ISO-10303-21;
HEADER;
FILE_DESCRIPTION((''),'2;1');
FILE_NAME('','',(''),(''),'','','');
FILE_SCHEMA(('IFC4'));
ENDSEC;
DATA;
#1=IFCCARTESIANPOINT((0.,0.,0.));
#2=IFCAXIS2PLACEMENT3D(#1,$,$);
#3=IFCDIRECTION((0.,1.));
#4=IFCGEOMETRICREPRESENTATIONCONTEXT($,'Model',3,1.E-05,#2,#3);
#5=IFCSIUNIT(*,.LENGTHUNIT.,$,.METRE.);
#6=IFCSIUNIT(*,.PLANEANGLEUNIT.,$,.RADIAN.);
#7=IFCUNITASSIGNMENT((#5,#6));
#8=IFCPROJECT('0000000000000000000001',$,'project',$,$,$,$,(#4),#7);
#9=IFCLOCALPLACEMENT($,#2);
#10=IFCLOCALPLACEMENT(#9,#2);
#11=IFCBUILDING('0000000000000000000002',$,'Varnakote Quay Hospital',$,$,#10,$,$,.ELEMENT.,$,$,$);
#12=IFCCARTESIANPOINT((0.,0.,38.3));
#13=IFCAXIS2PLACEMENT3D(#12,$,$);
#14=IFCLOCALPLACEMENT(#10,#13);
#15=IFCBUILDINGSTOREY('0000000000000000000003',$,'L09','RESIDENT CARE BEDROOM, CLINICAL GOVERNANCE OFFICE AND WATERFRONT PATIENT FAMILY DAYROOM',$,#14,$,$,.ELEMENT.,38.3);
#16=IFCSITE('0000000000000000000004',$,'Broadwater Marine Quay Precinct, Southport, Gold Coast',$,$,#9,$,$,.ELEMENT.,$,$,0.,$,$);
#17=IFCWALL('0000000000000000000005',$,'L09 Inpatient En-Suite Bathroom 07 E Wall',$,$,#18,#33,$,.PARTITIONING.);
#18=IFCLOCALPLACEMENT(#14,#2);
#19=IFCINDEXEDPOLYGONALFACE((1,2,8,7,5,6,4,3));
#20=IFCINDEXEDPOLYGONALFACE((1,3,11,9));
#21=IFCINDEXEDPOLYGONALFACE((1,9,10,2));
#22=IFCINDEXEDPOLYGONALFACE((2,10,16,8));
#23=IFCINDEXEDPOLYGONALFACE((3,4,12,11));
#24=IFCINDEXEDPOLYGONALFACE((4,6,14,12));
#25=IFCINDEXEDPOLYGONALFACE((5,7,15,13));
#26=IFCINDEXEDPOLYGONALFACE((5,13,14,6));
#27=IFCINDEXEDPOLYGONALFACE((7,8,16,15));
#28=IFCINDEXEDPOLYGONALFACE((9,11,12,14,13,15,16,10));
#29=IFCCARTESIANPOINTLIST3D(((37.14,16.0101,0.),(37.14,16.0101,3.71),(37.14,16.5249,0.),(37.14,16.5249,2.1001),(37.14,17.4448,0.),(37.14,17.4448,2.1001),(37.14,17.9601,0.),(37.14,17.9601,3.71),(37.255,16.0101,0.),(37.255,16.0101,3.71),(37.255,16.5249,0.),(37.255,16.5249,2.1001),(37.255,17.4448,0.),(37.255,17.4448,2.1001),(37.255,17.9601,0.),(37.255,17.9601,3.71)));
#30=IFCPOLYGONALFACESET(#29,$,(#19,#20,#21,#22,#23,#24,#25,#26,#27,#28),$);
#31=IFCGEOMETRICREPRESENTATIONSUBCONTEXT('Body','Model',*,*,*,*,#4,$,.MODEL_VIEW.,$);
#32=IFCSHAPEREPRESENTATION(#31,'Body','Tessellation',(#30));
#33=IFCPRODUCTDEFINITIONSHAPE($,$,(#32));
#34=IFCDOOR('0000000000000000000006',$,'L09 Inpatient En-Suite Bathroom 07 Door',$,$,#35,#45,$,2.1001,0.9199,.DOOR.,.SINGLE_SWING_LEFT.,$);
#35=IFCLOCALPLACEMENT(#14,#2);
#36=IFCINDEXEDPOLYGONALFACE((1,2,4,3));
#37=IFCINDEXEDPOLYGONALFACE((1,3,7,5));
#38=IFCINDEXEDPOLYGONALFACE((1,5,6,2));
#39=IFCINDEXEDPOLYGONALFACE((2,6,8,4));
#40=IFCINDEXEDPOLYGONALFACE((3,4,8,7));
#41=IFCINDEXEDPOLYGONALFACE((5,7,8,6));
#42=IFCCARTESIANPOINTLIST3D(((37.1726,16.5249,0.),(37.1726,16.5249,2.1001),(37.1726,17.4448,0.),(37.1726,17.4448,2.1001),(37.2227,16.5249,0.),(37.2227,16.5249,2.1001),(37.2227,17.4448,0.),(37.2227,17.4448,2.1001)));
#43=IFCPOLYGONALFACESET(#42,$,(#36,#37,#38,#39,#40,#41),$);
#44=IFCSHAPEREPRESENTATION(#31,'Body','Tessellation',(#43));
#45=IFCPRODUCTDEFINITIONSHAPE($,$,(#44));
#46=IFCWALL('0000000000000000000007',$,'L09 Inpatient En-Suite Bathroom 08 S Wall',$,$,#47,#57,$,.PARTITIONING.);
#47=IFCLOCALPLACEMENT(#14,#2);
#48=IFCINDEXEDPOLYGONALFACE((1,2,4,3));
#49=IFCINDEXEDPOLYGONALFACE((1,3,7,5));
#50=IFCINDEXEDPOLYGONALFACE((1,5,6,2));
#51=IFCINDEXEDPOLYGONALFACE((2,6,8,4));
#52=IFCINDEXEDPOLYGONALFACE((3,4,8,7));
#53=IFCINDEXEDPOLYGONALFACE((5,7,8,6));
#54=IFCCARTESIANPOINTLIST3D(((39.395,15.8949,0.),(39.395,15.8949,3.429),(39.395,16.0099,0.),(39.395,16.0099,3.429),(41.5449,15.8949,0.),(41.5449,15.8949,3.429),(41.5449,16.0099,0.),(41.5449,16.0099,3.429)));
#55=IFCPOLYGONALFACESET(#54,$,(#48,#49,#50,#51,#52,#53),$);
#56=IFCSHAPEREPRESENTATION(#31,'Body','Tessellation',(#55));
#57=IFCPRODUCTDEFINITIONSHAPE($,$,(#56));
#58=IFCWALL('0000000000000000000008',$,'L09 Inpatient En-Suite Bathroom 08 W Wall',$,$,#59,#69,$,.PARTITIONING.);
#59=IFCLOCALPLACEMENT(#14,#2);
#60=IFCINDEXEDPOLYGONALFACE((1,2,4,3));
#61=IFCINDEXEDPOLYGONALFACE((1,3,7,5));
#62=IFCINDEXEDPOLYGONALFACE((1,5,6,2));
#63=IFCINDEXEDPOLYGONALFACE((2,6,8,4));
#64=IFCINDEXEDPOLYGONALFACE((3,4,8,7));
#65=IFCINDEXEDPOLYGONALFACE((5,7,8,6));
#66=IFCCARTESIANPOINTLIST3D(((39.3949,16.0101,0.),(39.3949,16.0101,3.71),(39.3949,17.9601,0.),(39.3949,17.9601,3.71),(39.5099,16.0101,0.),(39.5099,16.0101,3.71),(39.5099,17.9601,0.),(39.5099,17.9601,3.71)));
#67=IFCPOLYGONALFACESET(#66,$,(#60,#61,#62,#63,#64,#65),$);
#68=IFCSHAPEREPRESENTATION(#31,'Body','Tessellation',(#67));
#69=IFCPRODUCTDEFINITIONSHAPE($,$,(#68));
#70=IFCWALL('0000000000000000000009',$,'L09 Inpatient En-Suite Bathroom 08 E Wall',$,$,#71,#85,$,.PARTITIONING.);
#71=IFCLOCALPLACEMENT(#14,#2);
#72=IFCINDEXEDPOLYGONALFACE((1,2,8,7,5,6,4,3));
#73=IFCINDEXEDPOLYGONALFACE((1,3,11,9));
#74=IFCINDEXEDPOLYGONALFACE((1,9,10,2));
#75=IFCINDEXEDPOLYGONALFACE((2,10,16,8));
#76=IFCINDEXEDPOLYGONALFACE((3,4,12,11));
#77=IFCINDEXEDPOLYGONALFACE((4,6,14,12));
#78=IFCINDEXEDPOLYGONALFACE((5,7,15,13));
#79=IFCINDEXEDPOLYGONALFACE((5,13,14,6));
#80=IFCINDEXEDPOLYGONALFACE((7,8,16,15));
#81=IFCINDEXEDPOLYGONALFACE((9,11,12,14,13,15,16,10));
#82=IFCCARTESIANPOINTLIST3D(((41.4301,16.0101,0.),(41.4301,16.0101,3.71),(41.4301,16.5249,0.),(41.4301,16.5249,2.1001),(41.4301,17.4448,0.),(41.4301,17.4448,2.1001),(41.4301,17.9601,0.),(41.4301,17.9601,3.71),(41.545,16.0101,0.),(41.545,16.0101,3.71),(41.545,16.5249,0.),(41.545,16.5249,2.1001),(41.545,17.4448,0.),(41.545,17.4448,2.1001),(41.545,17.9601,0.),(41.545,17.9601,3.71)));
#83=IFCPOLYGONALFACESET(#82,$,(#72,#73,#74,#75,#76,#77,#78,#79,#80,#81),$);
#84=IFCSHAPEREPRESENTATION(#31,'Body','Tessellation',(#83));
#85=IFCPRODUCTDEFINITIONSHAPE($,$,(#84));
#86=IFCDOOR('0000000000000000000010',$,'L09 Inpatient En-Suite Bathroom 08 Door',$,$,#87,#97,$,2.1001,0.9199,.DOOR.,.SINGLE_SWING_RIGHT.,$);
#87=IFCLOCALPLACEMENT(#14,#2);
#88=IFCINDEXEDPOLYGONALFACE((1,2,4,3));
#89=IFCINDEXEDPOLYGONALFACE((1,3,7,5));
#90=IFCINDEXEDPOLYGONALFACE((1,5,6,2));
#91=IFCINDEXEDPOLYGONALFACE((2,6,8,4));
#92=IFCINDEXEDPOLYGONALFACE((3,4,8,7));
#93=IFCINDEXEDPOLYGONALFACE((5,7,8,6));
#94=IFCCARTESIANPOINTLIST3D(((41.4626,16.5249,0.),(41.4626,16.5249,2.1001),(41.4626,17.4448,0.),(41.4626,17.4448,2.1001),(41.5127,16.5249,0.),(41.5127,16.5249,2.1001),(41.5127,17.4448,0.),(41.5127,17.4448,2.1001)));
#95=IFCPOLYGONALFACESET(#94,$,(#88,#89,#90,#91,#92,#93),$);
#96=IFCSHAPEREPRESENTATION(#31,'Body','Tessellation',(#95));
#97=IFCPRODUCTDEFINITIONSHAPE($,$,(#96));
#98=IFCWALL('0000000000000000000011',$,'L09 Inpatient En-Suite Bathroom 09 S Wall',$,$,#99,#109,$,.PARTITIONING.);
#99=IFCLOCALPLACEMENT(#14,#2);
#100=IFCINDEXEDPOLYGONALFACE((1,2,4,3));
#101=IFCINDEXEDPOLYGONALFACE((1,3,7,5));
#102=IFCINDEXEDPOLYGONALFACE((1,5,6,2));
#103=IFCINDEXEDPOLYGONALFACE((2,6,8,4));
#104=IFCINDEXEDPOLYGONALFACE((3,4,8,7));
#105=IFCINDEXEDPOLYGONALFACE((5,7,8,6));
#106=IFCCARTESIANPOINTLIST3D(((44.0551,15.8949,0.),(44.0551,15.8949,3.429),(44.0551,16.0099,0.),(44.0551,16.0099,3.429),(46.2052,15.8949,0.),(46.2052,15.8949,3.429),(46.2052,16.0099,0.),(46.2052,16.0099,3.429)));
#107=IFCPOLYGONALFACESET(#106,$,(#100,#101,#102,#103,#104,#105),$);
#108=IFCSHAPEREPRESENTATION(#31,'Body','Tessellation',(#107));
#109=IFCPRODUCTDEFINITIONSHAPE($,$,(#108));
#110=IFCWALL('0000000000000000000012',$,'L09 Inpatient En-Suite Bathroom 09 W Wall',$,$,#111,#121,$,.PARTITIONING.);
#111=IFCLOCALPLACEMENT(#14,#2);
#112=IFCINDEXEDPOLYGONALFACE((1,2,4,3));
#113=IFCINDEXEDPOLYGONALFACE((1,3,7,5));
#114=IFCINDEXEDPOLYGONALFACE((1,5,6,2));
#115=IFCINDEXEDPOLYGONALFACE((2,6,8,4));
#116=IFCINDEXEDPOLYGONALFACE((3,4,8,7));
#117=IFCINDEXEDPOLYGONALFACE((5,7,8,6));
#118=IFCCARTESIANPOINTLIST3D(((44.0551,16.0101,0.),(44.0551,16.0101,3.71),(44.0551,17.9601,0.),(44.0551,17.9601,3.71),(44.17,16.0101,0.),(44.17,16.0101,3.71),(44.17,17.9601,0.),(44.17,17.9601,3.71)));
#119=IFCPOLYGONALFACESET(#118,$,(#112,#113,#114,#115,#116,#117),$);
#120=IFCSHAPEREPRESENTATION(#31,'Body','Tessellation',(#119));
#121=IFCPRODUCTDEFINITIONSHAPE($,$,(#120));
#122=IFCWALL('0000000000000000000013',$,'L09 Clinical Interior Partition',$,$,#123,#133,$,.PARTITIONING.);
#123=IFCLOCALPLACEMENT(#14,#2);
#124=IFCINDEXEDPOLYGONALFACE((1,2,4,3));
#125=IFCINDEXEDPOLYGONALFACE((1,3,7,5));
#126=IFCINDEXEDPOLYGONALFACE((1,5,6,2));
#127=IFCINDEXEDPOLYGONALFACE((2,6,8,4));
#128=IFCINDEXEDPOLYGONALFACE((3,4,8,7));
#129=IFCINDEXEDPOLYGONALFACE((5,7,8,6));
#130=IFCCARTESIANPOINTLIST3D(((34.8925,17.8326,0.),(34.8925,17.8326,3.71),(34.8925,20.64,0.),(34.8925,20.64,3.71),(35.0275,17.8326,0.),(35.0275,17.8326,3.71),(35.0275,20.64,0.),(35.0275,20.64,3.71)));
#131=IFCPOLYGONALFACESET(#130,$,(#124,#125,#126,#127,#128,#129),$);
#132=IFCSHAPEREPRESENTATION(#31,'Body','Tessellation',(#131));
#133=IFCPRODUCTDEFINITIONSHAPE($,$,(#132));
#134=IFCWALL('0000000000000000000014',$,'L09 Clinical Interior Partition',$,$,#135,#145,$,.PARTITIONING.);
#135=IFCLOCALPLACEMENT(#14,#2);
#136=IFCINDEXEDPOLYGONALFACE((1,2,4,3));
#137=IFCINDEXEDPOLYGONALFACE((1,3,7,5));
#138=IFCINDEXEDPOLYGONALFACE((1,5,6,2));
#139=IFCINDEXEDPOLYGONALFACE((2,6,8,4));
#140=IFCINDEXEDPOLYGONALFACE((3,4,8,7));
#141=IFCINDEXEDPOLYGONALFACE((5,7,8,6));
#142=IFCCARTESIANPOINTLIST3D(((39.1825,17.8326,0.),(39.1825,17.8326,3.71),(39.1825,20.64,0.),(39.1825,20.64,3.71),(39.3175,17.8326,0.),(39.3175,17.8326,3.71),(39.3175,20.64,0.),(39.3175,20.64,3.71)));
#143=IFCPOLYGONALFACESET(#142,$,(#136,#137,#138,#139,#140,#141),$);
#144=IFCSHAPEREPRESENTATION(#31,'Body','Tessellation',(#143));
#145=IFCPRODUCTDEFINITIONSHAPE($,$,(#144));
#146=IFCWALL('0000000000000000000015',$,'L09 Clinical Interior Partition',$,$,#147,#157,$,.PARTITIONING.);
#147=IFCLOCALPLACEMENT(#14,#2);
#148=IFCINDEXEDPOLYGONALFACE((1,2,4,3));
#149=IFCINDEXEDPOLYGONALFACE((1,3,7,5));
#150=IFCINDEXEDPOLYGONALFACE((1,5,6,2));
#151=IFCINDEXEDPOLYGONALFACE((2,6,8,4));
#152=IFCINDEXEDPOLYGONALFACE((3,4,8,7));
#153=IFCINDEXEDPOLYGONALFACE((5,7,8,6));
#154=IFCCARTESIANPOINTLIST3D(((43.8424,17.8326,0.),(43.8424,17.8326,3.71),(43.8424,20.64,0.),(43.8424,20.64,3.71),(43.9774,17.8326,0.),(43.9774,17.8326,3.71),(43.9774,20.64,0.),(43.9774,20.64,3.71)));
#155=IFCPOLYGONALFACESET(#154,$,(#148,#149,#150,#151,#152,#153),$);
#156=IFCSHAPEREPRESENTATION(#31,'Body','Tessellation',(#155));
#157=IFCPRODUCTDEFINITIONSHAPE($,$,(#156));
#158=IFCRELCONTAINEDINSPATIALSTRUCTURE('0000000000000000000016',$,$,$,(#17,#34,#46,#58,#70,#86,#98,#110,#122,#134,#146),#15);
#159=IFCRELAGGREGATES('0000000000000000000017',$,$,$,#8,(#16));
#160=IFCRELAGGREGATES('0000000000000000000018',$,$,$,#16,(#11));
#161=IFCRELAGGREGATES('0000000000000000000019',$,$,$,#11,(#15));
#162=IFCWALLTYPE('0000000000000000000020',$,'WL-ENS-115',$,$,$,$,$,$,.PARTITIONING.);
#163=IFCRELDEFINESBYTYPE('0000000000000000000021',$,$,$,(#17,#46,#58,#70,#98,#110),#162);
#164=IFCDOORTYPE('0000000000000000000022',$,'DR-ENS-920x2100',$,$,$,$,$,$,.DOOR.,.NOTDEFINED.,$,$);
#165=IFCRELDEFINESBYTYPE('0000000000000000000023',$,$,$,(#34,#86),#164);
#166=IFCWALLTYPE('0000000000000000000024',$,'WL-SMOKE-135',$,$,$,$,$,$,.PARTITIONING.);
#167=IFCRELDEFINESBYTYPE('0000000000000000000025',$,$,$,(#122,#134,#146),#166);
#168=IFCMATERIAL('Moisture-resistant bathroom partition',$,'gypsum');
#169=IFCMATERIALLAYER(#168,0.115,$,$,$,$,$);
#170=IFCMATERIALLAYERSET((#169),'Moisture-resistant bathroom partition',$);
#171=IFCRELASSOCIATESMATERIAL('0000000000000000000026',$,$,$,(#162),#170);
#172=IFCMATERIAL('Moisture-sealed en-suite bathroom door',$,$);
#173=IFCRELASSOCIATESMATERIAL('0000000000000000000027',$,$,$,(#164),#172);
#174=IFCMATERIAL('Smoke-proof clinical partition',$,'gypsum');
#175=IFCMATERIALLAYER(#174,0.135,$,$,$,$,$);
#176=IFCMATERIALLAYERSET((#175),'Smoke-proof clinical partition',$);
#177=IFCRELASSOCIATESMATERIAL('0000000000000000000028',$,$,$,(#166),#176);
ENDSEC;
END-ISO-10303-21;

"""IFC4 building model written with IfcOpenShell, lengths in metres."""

from ifc_helpers import new_model, si_unit, direction, frame, frame_2d, origin, place, context, subcontext, project, spatial, rectangle, extrude, material, layer, layer_set, type_object, element, fill, save


model = new_model("IFC4")

# Units and contexts
model_context = context("Model", 3, precision=1e-05, world=origin(), true_north=direction((0.0, 1.0)))
body_context = subcontext(model_context, "Body", "Model", "MODEL_VIEW")
ifc_project = project(units=[si_unit("LENGTHUNIT", "METRE"), si_unit("PLANEANGLEUNIT", "RADIAN")], contexts=[model_context])

# Site, building, storey
site_placement = place(None, origin())
site = spatial("IfcSite", under=ifc_project, at=site_placement, Name="Broadwater Marine Quay Precinct, Southport, Gold Coast", CompositionType="ELEMENT", RefElevation=0.0)
building_placement = place(site_placement, origin())
building = spatial("IfcBuilding", under=site, at=building_placement, Name="Varnakote Quay Hospital", CompositionType="ELEMENT")
storey_placement = place(building_placement, frame((0.0, 0.0, 38.3)))
storey = spatial("IfcBuildingStorey", under=building, at=storey_placement, Name="L09", Description="RESIDENT CARE BEDROOM, CLINICAL GOVERNANCE OFFICE AND WATERFRONT PATIENT FAMILY DAYROOM", CompositionType="ELEMENT", Elevation=38.3)

# Shared definitions
ifc_material_1 = material(Name="Moisture-resistant bathroom partition", Category="gypsum")
ifc_layer_1 = layer(ifc_material_1, 0.115)
ifc_layer_set_1 = layer_set([ifc_layer_1], Name="Moisture-resistant bathroom partition")
wall_type_1 = type_object("IfcWallType", Name="WL-ENS-115", PredefinedType="PARTITIONING", material=ifc_layer_set_1)

# Wall, opening, door
wall_1_placement = place(storey_placement, frame((37.1975, 16.01, 0.0), z_axis=(0.0, 0.0, 1.0), x_axis=(0.0, 1.0, 0.0)))
wall_1 = element("IfcWall", 1, at=wall_1_placement, inside=storey, type_object=wall_type_1, Name="L09 Inpatient En-Suite Bathroom 07 E Wall", PredefinedType="PARTITIONING", context=body_context, shape_type="SweptSolid", body=[
    extrude(rectangle(XDim=1.95, YDim=0.115, at=frame_2d((0.9751, 0.0))), origin(), (0.0, 0.0, 1.0), 3.71),
])
opening_1_placement = place(wall_1_placement, frame((0.5149, 0.0, 0.0)))
opening_1 = element("IfcOpeningElement", 2, at=opening_1_placement, cuts=wall_1, PredefinedType="OPENING", context=body_context, shape_type="SweptSolid", body=[
    extrude(rectangle(XDim=0.9199, YDim=2.1001, at=frame_2d((0.46, 1.05))), frame((0.0, 0.0674, 0.0), z_axis=(0.0, -1.0, 0.0), x_axis=(1.0, 0.0, 0.0)), (0.0, 0.0, 1.0), 0.135),
])
ifc_material_2 = material(Name="Moisture-sealed en-suite bathroom door")
door_type_1 = type_object("IfcDoorType", Name="DR-ENS-920x2100", OperationType="NOTDEFINED", PredefinedType="DOOR", material=ifc_material_2)
door_1_placement = place(opening_1_placement, origin())
door_1 = element("IfcDoor", 3, at=door_1_placement, inside=storey, type_object=door_type_1, Name="L09 Inpatient En-Suite Bathroom 07 Door", OperationType="SINGLE_SWING_LEFT", OverallHeight=2.1001, OverallWidth=0.9199, PredefinedType="DOOR", context=body_context, shape_type="SweptSolid", body=[
    extrude(rectangle(XDim=0.9199, YDim=2.1001, at=frame_2d((0.46, 1.05))), frame((0.0, 0.0249, 0.0), z_axis=(0.0, -1.0, 0.0), x_axis=(1.0, 0.0, 0.0)), (0.0, 0.0, 1.0), 0.05),
])
fill(opening_1, door_1)

# Walls
wall_2_placement = place(storey_placement, frame((39.395, 15.9524, 0.0), z_axis=(0.0, 0.0, 1.0), x_axis=(1.0, 0.0, 0.0)))
element("IfcWall", 4, at=wall_2_placement, inside=storey, type_object=wall_type_1, Name="L09 Inpatient En-Suite Bathroom 08 S Wall", PredefinedType="PARTITIONING", context=body_context, shape_type="SweptSolid", body=[
    extrude(rectangle(XDim=2.1499, YDim=0.115, at=frame_2d((1.075, 0.0))), origin(), (0.0, 0.0, 1.0), 3.429),
])
wall_3_placement = place(storey_placement, frame((39.4524, 16.01, 0.0), z_axis=(0.0, 0.0, 1.0), x_axis=(0.0, 1.0, 0.0)))
element("IfcWall", 5, at=wall_3_placement, inside=storey, type_object=wall_type_1, Name="L09 Inpatient En-Suite Bathroom 08 W Wall", PredefinedType="PARTITIONING", context=body_context, shape_type="SweptSolid", body=[
    extrude(rectangle(XDim=1.95, YDim=0.115, at=frame_2d((0.9751, 0.0))), origin(), (0.0, 0.0, 1.0), 3.71),
])

# Wall, opening, door
wall_4_placement = place(storey_placement, frame((41.4875, 16.01, 0.0), z_axis=(0.0, 0.0, 1.0), x_axis=(0.0, 1.0, 0.0)))
wall_4 = element("IfcWall", 6, at=wall_4_placement, inside=storey, type_object=wall_type_1, Name="L09 Inpatient En-Suite Bathroom 08 E Wall", PredefinedType="PARTITIONING", context=body_context, shape_type="SweptSolid", body=[
    extrude(rectangle(XDim=1.95, YDim=0.115, at=frame_2d((0.9751, 0.0))), origin(), (0.0, 0.0, 1.0), 3.71),
])
opening_2_placement = place(wall_4_placement, frame((0.5149, 0.0, 0.0)))
opening_2 = element("IfcOpeningElement", 7, at=opening_2_placement, cuts=wall_4, PredefinedType="OPENING", context=body_context, shape_type="SweptSolid", body=[
    extrude(rectangle(XDim=0.9199, YDim=2.1001, at=frame_2d((0.46, 1.05))), frame((0.0, 0.0674, 0.0), z_axis=(0.0, -1.0, 0.0), x_axis=(1.0, 0.0, 0.0)), (0.0, 0.0, 1.0), 0.135),
])
door_2_placement = place(opening_2_placement, origin())
door_2 = element("IfcDoor", 8, at=door_2_placement, inside=storey, type_object=door_type_1, Name="L09 Inpatient En-Suite Bathroom 08 Door", OperationType="SINGLE_SWING_RIGHT", OverallHeight=2.1001, OverallWidth=0.9199, PredefinedType="DOOR", context=body_context, shape_type="SweptSolid", body=[
    extrude(rectangle(XDim=0.9199, YDim=2.1001, at=frame_2d((0.46, 1.05))), frame((0.0, 0.0249, 0.0), z_axis=(0.0, -1.0, 0.0), x_axis=(1.0, 0.0, 0.0)), (0.0, 0.0, 1.0), 0.05),
])
fill(opening_2, door_2)

# Walls
wall_5_placement = place(storey_placement, frame((44.0549, 15.9524, 0.0), z_axis=(0.0, 0.0, 1.0), x_axis=(1.0, 0.0, 0.0)))
element("IfcWall", 9, at=wall_5_placement, inside=storey, type_object=wall_type_1, Name="L09 Inpatient En-Suite Bathroom 09 S Wall", PredefinedType="PARTITIONING", context=body_context, shape_type="SweptSolid", body=[
    extrude(rectangle(XDim=2.1501, YDim=0.115, at=frame_2d((1.0752, 0.0))), origin(), (0.0, 0.0, 1.0), 3.429),
])
wall_6_placement = place(storey_placement, frame((44.1125, 16.01, 0.0), z_axis=(0.0, 0.0, 1.0), x_axis=(0.0, 1.0, 0.0)))
element("IfcWall", 10, at=wall_6_placement, inside=storey, type_object=wall_type_1, Name="L09 Inpatient En-Suite Bathroom 09 W Wall", PredefinedType="PARTITIONING", context=body_context, shape_type="SweptSolid", body=[
    extrude(rectangle(XDim=1.95, YDim=0.115, at=frame_2d((0.9751, 0.0))), origin(), (0.0, 0.0, 1.0), 3.71),
])

# Walls
ifc_material_3 = material(Name="Smoke-proof clinical partition", Category="gypsum")
ifc_layer_2 = layer(ifc_material_3, 0.135)
ifc_layer_set_2 = layer_set([ifc_layer_2], Name="Smoke-proof clinical partition")
wall_type_2 = type_object("IfcWallType", Name="WL-SMOKE-135", PredefinedType="PARTITIONING", material=ifc_layer_set_2)
for number, where, z_axis, x_axis, name in (
    (11, (34.96, 17.8325, 0.0), (0.0, 0.0, 1.0), (0.0, 1.0, 0.0), "L09 Clinical Interior Partition"),
    (12, (39.25, 17.8325, 0.0), (0.0, 0.0, 1.0), (0.0, 1.0, 0.0), "L09 Clinical Interior Partition"),
    (13, (43.9099, 17.8325, 0.0), (0.0, 0.0, 1.0), (0.0, 1.0, 0.0), "L09 Clinical Interior Partition"),
):
    element("IfcWall", number, at=place(storey_placement, frame(where, z_axis=z_axis, x_axis=x_axis)), inside=storey, type_object=wall_type_2, Name=name, PredefinedType="PARTITIONING", context=body_context, shape_type="SweptSolid", body=[
        extrude(rectangle(XDim=2.8074, YDim=0.135, at=frame_2d((1.4038, 0.0))), origin(), (0.0, 0.0, 1.0), 3.71),
    ])

save(model, "model.ifc")
